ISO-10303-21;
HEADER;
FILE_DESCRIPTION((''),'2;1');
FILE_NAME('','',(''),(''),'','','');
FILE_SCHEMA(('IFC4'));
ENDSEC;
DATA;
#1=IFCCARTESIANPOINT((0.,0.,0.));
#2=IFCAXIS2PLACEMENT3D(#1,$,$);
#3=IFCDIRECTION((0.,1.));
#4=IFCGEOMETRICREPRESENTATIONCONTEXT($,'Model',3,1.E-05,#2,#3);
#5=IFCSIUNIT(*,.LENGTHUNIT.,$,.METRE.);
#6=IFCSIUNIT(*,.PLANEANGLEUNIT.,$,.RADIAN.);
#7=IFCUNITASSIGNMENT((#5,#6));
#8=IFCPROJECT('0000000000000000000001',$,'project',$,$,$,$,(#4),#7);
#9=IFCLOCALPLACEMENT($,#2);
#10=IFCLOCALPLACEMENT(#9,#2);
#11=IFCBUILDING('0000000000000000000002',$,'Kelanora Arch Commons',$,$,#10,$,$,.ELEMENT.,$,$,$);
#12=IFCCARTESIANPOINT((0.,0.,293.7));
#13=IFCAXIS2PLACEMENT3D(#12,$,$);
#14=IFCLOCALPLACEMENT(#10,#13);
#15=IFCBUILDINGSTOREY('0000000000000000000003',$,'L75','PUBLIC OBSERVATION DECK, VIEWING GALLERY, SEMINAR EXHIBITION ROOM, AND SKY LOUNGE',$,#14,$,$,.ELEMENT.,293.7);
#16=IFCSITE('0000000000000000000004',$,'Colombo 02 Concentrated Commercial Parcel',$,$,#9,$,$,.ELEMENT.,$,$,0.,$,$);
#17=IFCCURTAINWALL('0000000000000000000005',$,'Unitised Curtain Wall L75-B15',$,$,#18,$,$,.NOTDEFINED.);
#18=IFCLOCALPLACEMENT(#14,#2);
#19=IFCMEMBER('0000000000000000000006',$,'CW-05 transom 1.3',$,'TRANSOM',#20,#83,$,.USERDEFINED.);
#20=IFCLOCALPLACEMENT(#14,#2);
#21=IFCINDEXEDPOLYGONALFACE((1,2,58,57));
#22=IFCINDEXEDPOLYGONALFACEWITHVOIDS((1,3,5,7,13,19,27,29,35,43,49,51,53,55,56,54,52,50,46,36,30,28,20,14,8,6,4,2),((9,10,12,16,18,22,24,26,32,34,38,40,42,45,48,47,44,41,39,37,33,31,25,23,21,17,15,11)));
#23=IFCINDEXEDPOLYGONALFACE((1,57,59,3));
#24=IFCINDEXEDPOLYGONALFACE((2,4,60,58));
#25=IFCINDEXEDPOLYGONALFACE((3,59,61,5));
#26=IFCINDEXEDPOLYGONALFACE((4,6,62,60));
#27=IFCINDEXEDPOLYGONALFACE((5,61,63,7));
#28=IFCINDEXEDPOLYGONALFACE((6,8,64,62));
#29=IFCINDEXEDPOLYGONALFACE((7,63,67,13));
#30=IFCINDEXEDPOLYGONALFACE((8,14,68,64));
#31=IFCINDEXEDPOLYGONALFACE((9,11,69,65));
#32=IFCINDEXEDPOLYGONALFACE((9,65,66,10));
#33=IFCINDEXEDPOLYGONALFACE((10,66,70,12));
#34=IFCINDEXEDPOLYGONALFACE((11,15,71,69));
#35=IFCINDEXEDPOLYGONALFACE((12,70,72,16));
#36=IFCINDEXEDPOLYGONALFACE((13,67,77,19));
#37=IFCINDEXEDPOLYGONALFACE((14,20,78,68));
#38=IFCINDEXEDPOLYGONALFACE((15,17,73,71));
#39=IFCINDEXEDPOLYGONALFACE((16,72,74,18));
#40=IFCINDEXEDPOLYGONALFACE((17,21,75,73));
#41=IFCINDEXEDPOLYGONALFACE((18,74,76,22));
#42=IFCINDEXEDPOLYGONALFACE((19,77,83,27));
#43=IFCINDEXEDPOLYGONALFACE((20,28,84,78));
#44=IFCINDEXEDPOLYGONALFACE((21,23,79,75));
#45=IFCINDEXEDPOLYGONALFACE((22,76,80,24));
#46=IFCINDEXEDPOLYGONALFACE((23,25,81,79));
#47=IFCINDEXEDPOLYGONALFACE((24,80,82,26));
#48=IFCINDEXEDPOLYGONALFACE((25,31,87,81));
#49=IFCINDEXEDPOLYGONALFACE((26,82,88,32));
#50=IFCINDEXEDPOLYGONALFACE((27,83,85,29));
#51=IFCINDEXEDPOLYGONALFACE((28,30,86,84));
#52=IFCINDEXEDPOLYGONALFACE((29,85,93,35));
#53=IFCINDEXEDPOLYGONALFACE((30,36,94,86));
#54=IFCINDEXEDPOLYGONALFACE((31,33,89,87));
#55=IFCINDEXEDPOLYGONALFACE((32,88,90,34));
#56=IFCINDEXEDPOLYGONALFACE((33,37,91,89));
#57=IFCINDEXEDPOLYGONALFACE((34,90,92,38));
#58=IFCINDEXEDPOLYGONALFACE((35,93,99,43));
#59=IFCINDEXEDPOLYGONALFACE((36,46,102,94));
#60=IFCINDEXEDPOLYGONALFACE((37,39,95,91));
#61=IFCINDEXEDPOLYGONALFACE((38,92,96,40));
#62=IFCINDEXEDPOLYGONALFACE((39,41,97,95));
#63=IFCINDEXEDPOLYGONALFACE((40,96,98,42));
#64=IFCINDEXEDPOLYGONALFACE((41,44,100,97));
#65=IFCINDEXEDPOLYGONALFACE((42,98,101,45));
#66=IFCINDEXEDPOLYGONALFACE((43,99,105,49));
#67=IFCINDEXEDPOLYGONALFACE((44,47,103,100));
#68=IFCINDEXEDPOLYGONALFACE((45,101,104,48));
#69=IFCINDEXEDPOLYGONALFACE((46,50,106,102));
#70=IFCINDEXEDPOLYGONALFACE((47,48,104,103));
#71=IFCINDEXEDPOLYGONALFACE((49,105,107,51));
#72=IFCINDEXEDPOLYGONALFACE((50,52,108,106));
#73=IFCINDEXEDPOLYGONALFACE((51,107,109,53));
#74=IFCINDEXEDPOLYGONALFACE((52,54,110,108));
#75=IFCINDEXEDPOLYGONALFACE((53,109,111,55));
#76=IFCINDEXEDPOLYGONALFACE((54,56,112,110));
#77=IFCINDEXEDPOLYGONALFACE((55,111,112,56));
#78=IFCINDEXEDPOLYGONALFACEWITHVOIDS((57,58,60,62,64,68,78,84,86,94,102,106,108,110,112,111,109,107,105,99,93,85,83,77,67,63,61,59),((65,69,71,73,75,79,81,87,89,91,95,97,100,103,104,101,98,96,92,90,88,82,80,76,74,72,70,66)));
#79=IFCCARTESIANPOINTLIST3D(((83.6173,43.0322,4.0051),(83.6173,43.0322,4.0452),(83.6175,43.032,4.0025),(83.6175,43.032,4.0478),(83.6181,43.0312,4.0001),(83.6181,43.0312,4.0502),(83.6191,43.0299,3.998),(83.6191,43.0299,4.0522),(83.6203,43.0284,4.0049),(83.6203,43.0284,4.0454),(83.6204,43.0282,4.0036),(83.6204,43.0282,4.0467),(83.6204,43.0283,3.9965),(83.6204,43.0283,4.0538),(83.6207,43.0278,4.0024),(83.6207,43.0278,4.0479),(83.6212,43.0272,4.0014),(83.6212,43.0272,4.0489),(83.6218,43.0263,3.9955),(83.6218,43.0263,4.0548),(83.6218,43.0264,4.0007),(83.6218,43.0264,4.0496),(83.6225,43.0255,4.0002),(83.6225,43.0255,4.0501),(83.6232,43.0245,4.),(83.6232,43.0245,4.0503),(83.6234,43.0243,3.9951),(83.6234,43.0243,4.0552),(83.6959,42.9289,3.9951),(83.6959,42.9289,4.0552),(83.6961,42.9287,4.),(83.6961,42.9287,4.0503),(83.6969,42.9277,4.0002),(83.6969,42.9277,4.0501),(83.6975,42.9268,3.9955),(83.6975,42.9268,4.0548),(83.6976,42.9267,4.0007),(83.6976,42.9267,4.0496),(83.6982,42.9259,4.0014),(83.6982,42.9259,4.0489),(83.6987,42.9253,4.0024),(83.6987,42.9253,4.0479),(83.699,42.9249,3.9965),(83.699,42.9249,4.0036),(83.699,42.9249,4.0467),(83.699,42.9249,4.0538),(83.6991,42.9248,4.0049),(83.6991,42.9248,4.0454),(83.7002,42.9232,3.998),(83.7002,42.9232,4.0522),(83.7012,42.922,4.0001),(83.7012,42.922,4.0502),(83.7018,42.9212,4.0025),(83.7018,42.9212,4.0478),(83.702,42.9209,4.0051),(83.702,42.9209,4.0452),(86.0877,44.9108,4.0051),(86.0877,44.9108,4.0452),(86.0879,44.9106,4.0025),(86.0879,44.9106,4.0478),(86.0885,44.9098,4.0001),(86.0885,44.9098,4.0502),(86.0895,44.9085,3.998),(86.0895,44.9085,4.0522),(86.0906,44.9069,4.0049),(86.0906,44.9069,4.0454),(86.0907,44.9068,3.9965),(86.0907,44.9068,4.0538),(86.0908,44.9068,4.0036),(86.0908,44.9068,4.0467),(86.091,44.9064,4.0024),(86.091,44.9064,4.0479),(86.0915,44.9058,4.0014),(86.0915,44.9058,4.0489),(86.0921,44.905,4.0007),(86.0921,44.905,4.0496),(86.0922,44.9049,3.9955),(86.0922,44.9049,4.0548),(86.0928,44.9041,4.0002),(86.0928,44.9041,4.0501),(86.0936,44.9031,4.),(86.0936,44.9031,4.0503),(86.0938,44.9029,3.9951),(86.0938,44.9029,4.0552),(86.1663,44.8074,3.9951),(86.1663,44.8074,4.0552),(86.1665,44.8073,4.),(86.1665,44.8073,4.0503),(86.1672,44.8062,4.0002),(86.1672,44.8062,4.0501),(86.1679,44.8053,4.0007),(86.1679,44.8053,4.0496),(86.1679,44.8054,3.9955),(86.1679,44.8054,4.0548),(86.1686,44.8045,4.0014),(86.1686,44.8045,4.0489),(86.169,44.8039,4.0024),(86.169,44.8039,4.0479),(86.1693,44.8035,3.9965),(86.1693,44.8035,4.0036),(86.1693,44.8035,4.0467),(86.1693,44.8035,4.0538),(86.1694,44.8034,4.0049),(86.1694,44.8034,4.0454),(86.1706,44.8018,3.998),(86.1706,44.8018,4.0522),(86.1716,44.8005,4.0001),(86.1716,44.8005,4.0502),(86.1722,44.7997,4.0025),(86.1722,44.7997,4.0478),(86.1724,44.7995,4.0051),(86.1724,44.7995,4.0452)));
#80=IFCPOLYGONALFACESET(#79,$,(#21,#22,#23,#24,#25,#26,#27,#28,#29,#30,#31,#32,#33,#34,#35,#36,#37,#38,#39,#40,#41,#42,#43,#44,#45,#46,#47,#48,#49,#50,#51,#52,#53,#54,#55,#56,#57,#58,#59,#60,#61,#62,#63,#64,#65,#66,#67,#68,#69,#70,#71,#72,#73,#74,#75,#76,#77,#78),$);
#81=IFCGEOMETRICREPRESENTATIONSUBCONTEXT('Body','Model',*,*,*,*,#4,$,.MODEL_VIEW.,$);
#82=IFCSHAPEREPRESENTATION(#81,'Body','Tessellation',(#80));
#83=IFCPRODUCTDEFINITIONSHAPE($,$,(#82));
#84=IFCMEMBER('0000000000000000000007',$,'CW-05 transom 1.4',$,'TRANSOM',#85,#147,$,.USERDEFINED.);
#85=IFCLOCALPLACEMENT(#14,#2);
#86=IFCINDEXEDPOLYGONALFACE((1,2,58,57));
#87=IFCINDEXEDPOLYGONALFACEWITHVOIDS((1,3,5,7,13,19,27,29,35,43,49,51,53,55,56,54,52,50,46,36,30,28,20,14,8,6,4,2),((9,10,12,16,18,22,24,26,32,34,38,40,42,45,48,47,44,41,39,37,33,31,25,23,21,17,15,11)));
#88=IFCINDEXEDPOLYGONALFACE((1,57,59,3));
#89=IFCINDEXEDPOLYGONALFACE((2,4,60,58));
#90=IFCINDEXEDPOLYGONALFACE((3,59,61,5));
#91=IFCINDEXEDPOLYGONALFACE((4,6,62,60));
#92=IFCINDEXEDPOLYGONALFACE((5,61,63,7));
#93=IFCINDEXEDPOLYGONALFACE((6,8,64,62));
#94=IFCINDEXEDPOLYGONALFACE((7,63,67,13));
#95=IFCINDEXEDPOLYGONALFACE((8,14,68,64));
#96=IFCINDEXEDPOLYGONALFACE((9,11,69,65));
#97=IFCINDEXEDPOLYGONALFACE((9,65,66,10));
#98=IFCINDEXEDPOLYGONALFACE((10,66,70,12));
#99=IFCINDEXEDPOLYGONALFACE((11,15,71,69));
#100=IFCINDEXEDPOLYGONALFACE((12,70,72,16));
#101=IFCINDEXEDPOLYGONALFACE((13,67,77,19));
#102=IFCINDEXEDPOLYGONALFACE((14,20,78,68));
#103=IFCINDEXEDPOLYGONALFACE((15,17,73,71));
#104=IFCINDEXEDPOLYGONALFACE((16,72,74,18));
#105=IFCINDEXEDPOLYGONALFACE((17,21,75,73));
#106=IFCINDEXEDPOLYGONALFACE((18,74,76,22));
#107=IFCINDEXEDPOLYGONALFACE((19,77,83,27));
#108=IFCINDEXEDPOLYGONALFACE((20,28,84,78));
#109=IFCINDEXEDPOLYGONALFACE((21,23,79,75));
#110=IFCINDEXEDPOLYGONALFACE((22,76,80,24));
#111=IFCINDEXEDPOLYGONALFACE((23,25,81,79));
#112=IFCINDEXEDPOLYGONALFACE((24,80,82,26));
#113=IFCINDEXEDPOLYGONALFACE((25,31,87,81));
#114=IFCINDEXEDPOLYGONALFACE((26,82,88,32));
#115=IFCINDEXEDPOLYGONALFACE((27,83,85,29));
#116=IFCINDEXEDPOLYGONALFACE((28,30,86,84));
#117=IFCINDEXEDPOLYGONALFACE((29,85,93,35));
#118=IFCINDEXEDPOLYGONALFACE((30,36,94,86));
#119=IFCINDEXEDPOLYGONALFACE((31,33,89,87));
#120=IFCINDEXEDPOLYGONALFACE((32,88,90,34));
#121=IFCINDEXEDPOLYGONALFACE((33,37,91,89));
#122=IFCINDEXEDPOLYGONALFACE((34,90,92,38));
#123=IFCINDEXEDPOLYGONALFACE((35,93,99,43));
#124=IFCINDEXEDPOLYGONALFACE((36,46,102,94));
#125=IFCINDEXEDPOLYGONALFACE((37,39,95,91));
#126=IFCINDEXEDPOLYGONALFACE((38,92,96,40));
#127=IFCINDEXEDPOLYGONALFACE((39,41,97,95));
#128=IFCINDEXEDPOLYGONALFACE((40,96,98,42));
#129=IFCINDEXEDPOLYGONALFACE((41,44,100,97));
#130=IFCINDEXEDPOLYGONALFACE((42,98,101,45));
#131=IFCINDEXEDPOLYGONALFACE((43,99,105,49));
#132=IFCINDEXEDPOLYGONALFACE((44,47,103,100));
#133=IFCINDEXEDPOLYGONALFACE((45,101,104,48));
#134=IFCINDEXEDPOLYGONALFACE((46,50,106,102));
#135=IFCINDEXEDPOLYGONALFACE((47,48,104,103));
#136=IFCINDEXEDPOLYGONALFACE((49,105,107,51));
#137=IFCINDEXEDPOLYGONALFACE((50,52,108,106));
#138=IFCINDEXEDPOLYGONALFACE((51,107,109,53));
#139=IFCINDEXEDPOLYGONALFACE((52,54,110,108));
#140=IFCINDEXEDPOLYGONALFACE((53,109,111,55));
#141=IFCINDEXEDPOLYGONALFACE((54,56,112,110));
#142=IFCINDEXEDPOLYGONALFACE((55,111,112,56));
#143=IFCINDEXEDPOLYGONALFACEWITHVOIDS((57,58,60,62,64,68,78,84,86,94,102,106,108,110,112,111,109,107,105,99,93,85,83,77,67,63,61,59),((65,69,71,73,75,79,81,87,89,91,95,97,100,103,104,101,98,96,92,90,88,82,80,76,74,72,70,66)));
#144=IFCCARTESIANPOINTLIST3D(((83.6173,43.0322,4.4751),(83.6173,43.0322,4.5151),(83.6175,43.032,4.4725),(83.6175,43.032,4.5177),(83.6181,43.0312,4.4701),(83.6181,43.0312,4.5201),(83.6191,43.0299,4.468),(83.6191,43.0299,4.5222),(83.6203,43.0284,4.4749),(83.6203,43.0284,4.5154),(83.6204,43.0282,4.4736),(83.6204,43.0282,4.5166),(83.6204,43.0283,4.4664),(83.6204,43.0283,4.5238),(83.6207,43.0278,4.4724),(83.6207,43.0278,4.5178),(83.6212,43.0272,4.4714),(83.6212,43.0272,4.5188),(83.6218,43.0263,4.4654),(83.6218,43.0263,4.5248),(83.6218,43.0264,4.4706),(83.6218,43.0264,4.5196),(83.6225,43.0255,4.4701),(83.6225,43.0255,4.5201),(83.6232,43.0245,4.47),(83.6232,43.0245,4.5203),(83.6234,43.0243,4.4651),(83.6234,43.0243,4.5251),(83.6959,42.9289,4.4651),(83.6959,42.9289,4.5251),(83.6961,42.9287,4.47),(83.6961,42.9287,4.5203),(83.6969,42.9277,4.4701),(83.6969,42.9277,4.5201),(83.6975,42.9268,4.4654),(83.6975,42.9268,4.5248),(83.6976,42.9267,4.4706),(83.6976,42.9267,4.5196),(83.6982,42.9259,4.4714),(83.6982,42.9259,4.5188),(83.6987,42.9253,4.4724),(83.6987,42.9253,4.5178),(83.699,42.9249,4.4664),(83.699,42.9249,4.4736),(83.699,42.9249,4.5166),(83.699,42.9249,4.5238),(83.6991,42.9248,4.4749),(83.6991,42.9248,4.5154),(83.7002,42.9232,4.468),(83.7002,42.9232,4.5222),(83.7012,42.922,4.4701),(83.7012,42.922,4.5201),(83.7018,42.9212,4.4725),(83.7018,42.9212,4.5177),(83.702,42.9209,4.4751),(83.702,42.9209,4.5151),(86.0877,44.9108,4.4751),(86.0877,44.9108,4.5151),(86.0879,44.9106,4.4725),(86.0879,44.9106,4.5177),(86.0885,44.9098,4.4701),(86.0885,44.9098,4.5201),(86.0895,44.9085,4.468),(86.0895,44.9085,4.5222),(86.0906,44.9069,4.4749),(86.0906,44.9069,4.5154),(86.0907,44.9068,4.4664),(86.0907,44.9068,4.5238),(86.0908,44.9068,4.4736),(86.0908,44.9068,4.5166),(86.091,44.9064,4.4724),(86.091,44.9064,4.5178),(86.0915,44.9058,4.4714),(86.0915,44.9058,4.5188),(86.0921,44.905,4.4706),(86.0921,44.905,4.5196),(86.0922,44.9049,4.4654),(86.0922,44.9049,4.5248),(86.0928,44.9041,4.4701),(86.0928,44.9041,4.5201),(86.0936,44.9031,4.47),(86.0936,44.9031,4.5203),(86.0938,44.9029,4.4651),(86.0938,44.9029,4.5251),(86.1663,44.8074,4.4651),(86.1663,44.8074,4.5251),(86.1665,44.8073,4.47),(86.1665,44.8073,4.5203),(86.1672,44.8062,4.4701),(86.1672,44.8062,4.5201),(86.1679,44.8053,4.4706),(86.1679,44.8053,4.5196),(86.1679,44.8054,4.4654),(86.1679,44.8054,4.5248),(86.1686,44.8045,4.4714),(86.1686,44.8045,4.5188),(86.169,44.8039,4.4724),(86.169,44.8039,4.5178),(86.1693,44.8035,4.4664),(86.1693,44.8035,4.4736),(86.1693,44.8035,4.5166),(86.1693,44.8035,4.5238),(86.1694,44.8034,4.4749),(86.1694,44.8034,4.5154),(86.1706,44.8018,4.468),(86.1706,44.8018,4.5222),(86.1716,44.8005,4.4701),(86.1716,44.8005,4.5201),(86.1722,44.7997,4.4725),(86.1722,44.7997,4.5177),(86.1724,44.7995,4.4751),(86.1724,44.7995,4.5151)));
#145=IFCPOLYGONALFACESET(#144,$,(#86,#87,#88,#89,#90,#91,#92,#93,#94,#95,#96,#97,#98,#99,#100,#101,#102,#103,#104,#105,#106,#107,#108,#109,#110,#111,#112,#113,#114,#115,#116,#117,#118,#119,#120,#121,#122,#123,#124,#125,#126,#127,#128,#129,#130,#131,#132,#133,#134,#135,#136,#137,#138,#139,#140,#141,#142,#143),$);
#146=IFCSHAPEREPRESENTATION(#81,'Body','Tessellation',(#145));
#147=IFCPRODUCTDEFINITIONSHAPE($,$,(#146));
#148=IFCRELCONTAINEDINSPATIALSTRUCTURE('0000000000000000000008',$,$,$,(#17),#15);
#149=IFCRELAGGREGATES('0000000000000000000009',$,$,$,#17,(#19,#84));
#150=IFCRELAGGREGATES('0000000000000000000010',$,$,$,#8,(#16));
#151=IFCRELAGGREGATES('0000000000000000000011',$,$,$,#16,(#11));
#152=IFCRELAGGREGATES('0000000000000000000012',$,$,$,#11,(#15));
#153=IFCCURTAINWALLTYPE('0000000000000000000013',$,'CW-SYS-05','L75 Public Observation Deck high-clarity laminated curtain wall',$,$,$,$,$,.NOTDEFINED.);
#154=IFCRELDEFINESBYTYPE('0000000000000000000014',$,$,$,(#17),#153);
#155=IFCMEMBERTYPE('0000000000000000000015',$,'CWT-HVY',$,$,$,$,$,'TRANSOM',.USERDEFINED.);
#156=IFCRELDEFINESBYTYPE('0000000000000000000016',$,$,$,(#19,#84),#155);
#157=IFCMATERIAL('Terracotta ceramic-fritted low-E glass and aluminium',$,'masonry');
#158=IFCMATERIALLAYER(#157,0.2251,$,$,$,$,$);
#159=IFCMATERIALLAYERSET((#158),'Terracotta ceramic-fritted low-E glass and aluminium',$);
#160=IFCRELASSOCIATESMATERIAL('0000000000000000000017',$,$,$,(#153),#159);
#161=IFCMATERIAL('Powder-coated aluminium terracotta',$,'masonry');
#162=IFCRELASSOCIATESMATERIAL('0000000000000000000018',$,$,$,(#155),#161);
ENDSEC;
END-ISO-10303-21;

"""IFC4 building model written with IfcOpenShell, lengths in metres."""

from ifc_helpers import new_model, si_unit, direction, frame, origin, origin_2d, place, context, subcontext, project, spatial, hollow_rectangle, extrude, material, layer, layer_set, material_profile, profile_set, type_object, element, aggregate, save


model = new_model("IFC4")

# Units and contexts
model_context = context("Model", 3, precision=1e-05, world=origin(), true_north=direction((0.0, 1.0)))
body_context = subcontext(model_context, "Body", "Model", "MODEL_VIEW")
ifc_project = project(units=[si_unit("LENGTHUNIT", "METRE"), si_unit("PLANEANGLEUNIT", "RADIAN")], contexts=[model_context])

# Site, building, storey
site_placement = place(None, origin())
site = spatial("IfcSite", under=ifc_project, at=site_placement, Name="Colombo 02 Concentrated Commercial Parcel", CompositionType="ELEMENT", RefElevation=0.0)
building_placement = place(site_placement, origin())
building = spatial("IfcBuilding", under=site, at=building_placement, Name="Kelanora Arch Commons", CompositionType="ELEMENT")
storey_placement = place(building_placement, frame((0.0, 0.0, 293.7)))
storey = spatial("IfcBuildingStorey", under=building, at=storey_placement, Name="L75", Description="PUBLIC OBSERVATION DECK, VIEWING GALLERY, SEMINAR EXHIBITION ROOM, AND SKY LOUNGE", CompositionType="ELEMENT", Elevation=293.7)

# Curtain wall
ifc_material_1 = material(Name="Terracotta ceramic-fritted low-E glass and aluminium", Category="masonry")
ifc_layer_1 = layer(ifc_material_1, 0.2251)
ifc_layer_set_1 = layer_set([ifc_layer_1], Name="Terracotta ceramic-fritted low-E glass and aluminium")
curtain_wall_type = type_object("IfcCurtainWallType", Name="CW-SYS-05", Description="L75 Public Observation Deck high-clarity laminated curtain wall", PredefinedType="NOTDEFINED", material=ifc_layer_set_1)
curtain_wall_1_placement = place(storey_placement, origin())
curtain_wall_1 = element("IfcCurtainWall", 1, at=curtain_wall_1_placement, inside=storey, type_object=curtain_wall_type, Name="Unitised Curtain Wall L75-B15", PredefinedType="NOTDEFINED")
ifc_material_2 = material(Name="Powder-coated aluminium terracotta", Category="masonry")

# Members
ifc_material_profile_1 = material_profile(ifc_material_2, hollow_rectangle(XDim=0.1399, YDim=0.0601, WallThickness=0.0049, InnerFilletRadius=0.0049, OuterFilletRadius=0.01, at=origin_2d()), Name="CWT140x60")
ifc_profile_set_1 = profile_set([ifc_material_profile_1], Name="Powder-coated aluminium terracotta")
member_type_1 = type_object("IfcMemberType", Name="CWT-HVY", ElementType="TRANSOM", PredefinedType="USERDEFINED", material=ifc_profile_set_1)
member_1_placement = place(storey_placement, frame((83.6597, 42.9766, 4.0251), z_axis=(0.795989, 0.605311, 0.0), x_axis=(-0.605311, 0.795989, 0.0)))
member_1 = element("IfcMember", 2, at=member_1_placement, type_object=member_type_1, Name="CW-05 transom 1.3", ObjectType="TRANSOM", PredefinedType="USERDEFINED", context=body_context, shape_type="SweptSolid", body=[
    extrude(hollow_rectangle(XDim=0.1399, YDim=0.0601, WallThickness=0.0049, InnerFilletRadius=0.0049, OuterFilletRadius=0.01, at=origin_2d()), origin(), (0.0, 0.0, 1.0), 3.1035),
])
member_2_placement = place(storey_placement, frame((83.6597, 42.9766, 4.4951), z_axis=(0.795989, 0.605311, 0.0), x_axis=(-0.605311, 0.795989, 0.0)))
member_2 = element("IfcMember", 3, at=member_2_placement, type_object=member_type_1, Name="CW-05 transom 1.4", ObjectType="TRANSOM", PredefinedType="USERDEFINED", context=body_context, shape_type="SweptSolid", body=[
    extrude(hollow_rectangle(XDim=0.1399, YDim=0.0601, WallThickness=0.0049, InnerFilletRadius=0.0049, OuterFilletRadius=0.01, at=origin_2d()), origin(), (0.0, 0.0, 1.0), 3.1035),
])

aggregate(curtain_wall_1, [member_1, member_2])

save(model, "model.ifc")
